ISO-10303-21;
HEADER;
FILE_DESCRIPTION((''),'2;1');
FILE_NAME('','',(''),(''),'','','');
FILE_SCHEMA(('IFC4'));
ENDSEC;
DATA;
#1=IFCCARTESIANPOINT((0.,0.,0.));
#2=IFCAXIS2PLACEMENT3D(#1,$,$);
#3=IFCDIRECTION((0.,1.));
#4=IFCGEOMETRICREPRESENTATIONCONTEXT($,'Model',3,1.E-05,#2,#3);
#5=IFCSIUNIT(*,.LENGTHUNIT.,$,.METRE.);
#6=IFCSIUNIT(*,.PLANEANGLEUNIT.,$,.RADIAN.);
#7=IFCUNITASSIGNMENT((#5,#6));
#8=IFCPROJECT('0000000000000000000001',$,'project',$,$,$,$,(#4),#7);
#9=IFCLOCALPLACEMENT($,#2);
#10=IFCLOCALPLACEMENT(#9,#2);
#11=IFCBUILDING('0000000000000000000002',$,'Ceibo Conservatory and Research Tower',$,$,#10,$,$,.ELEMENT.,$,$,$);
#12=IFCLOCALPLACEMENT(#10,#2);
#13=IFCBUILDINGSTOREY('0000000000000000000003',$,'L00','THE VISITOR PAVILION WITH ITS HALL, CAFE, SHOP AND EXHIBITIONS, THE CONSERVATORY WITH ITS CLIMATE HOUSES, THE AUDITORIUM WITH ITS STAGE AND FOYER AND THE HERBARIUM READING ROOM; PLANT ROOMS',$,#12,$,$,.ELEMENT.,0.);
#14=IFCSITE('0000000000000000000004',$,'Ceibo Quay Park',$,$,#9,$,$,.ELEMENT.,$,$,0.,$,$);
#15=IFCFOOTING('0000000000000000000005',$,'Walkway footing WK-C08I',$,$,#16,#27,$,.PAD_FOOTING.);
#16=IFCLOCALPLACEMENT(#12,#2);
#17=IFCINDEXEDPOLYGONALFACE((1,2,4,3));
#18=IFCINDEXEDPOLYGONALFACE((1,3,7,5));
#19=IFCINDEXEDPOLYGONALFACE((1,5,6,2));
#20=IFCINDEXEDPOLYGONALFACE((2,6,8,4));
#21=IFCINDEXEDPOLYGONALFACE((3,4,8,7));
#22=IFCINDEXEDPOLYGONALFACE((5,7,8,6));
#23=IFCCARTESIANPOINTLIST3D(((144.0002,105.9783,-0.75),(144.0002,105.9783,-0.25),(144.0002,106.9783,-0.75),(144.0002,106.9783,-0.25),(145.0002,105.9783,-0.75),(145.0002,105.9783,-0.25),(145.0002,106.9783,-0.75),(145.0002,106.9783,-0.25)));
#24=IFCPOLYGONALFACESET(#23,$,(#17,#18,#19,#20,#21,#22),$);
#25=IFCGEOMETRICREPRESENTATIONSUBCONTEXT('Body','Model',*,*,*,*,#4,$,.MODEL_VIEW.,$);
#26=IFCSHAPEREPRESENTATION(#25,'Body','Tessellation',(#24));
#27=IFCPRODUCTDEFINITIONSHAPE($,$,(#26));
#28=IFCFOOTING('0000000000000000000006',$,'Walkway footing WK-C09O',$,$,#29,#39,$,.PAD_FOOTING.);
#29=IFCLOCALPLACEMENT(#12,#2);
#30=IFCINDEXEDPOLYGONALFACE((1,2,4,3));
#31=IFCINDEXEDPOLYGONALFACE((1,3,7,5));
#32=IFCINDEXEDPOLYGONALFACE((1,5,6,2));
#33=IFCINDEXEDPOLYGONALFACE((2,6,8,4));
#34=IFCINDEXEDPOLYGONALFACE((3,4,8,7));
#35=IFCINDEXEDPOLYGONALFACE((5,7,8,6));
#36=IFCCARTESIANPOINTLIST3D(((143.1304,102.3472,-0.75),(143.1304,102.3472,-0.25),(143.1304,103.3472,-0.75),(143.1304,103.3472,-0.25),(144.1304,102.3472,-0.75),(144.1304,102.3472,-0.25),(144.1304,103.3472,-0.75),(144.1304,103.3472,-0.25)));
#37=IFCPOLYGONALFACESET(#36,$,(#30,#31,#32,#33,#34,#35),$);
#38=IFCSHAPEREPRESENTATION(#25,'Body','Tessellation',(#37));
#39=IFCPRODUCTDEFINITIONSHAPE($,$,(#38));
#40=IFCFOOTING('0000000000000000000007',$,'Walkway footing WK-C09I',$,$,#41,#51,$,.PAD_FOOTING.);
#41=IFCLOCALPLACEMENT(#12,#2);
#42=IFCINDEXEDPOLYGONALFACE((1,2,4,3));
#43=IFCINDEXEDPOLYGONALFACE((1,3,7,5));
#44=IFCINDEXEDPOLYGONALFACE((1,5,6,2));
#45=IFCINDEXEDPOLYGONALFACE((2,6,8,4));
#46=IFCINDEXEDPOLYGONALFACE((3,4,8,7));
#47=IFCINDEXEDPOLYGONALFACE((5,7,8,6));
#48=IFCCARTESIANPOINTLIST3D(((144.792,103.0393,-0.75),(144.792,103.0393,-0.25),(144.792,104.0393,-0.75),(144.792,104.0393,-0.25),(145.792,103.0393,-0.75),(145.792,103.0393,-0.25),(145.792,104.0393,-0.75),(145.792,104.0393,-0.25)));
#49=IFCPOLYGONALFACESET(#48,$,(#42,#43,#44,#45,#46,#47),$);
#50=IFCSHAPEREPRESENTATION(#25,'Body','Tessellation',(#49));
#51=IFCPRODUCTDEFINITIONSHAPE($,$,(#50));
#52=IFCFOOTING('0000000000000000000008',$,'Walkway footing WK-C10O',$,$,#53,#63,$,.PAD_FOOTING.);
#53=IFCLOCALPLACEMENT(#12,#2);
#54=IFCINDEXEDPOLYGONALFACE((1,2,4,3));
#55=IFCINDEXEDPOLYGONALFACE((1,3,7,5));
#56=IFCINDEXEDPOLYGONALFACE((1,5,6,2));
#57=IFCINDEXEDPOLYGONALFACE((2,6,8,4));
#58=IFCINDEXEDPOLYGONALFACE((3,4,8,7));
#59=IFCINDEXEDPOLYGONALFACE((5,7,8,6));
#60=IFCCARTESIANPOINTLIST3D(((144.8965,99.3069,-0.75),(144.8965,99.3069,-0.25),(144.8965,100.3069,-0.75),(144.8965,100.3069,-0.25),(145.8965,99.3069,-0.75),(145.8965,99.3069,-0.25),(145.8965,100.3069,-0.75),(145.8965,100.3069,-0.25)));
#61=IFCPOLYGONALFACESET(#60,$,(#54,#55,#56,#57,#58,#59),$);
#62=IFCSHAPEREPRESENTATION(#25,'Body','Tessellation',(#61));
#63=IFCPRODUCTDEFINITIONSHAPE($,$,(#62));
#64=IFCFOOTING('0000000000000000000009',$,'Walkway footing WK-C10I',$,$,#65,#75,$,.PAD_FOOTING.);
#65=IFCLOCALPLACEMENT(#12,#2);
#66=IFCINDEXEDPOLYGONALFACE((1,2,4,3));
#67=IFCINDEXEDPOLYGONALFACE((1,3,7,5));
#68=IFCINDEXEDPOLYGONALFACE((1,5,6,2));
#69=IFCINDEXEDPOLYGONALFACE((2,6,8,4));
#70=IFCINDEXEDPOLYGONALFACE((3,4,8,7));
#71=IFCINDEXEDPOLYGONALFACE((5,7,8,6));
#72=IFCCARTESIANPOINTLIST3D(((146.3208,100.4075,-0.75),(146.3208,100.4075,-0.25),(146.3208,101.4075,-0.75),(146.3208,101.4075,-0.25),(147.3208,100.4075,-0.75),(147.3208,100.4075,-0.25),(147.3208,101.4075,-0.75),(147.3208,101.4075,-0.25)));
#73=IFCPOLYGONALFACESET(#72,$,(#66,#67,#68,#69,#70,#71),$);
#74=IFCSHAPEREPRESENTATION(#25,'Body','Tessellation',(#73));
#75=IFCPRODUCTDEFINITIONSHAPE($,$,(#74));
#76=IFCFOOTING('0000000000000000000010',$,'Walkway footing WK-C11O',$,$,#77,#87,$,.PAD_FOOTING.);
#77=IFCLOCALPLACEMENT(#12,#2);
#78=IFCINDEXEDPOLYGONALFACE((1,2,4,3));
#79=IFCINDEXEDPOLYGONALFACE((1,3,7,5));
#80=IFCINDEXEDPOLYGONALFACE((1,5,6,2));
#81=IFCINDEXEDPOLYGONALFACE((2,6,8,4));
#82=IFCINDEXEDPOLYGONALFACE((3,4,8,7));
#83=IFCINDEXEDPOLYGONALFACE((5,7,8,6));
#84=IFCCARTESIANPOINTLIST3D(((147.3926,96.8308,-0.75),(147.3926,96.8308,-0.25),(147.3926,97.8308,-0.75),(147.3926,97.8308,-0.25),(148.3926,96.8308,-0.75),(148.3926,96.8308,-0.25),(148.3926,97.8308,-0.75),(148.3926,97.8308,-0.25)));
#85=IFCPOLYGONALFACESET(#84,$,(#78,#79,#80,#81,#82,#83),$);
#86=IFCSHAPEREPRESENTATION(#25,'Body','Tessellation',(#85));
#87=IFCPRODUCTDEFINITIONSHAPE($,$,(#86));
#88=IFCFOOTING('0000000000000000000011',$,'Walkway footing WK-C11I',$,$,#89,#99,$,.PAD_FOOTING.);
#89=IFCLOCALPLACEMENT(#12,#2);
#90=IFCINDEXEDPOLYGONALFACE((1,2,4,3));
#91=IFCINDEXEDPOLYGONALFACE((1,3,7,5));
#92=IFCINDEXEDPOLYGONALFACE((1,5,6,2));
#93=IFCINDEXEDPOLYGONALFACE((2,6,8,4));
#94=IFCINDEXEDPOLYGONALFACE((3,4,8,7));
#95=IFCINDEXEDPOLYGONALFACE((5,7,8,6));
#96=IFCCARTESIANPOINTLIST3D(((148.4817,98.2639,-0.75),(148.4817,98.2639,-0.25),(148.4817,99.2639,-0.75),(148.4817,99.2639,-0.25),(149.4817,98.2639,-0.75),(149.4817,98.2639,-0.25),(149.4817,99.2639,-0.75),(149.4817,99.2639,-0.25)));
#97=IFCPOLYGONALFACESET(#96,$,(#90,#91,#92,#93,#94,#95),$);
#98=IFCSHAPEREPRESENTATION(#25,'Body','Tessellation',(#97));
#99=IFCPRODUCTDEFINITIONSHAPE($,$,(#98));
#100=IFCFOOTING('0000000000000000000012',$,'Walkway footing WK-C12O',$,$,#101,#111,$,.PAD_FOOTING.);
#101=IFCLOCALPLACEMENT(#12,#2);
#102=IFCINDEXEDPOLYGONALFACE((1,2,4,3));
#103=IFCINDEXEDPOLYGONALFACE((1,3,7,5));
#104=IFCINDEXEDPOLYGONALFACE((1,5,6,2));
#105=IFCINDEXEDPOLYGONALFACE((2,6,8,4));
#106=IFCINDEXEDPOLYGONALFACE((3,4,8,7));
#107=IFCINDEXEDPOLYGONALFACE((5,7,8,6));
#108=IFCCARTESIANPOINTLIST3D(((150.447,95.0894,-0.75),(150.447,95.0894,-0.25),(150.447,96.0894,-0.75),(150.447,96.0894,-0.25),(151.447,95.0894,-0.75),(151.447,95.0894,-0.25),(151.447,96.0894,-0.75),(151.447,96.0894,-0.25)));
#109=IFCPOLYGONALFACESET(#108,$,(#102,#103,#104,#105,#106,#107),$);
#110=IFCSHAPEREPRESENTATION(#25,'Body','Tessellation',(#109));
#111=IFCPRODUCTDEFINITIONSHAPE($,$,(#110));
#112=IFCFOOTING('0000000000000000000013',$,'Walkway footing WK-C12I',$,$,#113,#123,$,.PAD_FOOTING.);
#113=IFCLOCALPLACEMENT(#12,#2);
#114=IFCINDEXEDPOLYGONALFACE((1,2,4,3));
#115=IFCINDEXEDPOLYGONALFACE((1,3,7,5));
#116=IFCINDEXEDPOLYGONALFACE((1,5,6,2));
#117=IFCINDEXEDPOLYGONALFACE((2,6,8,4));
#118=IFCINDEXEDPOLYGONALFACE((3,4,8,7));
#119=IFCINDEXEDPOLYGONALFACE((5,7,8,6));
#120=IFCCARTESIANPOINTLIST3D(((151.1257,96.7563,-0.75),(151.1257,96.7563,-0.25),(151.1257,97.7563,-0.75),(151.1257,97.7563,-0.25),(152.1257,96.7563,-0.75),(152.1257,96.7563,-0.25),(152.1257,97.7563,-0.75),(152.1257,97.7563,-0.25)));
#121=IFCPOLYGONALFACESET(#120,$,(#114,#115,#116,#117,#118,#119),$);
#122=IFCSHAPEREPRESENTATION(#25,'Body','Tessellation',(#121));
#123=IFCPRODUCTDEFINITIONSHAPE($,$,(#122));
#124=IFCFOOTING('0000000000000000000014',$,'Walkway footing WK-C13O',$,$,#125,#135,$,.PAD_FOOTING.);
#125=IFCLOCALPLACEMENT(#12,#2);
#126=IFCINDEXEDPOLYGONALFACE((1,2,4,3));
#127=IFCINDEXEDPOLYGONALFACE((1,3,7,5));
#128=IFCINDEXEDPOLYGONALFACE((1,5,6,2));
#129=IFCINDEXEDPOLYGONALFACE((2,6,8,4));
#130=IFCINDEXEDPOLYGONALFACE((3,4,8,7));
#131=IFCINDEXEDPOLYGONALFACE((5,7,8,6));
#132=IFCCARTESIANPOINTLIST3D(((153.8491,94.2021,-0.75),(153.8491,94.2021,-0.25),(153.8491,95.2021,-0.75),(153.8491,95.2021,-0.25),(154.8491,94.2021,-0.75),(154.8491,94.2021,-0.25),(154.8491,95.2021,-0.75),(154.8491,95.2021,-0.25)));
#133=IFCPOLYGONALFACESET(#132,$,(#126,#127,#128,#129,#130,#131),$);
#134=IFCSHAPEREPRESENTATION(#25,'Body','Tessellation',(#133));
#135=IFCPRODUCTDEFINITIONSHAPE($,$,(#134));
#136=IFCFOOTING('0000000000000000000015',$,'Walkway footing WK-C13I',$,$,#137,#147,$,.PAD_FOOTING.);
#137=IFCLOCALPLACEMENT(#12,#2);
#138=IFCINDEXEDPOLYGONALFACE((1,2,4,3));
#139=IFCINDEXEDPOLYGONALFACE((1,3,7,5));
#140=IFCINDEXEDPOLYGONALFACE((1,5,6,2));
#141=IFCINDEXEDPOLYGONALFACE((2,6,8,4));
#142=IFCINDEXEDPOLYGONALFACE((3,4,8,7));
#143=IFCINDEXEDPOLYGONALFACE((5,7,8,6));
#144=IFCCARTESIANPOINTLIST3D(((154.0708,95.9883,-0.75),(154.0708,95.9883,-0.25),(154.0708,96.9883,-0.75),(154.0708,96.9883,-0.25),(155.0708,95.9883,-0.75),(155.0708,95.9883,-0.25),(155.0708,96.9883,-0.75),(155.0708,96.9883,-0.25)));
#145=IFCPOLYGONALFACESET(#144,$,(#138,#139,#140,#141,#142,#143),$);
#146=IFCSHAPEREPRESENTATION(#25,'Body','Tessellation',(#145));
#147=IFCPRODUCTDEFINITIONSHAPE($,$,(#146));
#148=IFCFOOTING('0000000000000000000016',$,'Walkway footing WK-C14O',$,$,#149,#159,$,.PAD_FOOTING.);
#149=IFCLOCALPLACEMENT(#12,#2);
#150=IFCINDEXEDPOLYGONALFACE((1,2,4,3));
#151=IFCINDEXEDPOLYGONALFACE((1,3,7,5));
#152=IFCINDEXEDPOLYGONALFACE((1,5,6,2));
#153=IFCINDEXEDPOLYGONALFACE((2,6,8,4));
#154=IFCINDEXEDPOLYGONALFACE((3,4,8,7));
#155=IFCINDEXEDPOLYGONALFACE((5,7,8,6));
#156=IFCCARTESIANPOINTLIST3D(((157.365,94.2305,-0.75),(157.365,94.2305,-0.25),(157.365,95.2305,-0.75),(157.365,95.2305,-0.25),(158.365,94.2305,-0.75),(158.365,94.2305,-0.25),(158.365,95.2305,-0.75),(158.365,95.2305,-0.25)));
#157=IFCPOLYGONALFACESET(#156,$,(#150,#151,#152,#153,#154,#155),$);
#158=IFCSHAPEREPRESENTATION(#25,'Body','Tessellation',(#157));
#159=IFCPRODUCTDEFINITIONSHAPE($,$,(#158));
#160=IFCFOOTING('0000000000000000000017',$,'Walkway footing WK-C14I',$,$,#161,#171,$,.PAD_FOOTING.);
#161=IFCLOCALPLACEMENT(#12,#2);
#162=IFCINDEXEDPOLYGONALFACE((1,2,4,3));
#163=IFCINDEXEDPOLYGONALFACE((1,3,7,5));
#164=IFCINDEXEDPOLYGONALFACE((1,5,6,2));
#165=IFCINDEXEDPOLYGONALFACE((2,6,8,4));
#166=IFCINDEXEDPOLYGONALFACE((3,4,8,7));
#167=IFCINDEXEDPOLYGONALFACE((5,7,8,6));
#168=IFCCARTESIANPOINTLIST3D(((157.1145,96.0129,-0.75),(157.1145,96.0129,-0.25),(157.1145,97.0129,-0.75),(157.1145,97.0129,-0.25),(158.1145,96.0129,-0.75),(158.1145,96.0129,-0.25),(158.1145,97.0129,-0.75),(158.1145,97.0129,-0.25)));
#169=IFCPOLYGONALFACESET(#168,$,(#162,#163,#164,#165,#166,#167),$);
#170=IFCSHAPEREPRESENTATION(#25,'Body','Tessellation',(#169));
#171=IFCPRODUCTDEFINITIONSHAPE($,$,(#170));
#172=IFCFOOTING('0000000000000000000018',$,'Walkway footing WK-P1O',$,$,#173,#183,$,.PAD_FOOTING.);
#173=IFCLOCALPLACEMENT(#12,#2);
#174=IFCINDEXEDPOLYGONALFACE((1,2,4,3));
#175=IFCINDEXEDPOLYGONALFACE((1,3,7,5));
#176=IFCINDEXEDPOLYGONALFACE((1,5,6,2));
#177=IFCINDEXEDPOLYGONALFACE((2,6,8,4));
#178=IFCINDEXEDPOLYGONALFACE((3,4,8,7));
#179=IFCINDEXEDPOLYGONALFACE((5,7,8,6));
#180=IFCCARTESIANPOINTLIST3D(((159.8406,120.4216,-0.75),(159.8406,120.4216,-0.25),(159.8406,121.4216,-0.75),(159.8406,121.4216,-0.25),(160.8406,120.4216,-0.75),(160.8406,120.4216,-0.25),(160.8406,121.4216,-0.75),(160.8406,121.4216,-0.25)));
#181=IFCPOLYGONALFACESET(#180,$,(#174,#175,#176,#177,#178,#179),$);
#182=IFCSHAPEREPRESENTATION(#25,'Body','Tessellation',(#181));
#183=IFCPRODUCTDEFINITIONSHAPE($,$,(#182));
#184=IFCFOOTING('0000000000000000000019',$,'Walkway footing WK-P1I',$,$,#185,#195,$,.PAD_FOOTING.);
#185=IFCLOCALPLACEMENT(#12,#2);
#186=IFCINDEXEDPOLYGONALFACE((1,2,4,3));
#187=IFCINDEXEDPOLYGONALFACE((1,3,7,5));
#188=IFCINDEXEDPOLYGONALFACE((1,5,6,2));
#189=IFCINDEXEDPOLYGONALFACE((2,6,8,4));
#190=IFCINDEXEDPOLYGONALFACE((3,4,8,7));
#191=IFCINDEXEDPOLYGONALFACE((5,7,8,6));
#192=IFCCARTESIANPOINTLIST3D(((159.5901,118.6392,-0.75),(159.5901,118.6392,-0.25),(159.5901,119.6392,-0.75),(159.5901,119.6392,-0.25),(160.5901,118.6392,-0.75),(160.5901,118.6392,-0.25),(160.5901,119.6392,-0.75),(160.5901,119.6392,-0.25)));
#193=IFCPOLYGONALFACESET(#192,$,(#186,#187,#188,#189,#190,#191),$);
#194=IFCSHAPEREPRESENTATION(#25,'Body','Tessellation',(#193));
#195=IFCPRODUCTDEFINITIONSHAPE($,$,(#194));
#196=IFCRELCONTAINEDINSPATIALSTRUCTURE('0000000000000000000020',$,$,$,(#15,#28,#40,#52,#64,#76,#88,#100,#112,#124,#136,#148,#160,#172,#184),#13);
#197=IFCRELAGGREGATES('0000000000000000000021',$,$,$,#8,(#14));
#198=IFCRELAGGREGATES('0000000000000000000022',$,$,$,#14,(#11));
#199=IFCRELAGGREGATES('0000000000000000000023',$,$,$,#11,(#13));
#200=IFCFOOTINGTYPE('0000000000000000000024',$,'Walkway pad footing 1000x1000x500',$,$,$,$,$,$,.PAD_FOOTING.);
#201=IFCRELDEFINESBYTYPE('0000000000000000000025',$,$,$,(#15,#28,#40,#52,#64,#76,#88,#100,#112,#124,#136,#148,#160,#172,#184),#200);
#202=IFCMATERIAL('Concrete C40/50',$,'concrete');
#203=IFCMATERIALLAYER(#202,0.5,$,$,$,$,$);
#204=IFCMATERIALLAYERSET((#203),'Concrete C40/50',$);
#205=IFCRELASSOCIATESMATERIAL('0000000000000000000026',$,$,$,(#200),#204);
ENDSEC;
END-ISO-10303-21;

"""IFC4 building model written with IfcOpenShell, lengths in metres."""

from ifc_helpers import new_model, si_unit, direction, frame, origin, place, context, subcontext, project, spatial, polyline, outline, extrude, material, layer, layer_set, type_object, element, save


model = new_model("IFC4")

# Units and contexts
model_context = context("Model", 3, precision=1e-05, world=origin(), true_north=direction((0.0, 1.0)))
body_context = subcontext(model_context, "Body", "Model", "MODEL_VIEW")
ifc_project = project(units=[si_unit("LENGTHUNIT", "METRE"), si_unit("PLANEANGLEUNIT", "RADIAN")], contexts=[model_context])

# Site, building, storey
site_placement = place(None, origin())
site = spatial("IfcSite", under=ifc_project, at=site_placement, Name="Ceibo Quay Park", CompositionType="ELEMENT", RefElevation=0.0)
building_placement = place(site_placement, origin())
building = spatial("IfcBuilding", under=site, at=building_placement, Name="Ceibo Conservatory and Research Tower", CompositionType="ELEMENT")
storey_placement = place(building_placement, origin())
storey = spatial("IfcBuildingStorey", under=building, at=storey_placement, Name="L00", Description="THE VISITOR PAVILION WITH ITS HALL, CAFE, SHOP AND EXHIBITIONS, THE CONSERVATORY WITH ITS CLIMATE HOUSES, THE AUDITORIUM WITH ITS STAGE AND FOYER AND THE HERBARIUM READING ROOM; PLANT ROOMS", CompositionType="ELEMENT", Elevation=0.0)

# Footings
ifc_material = material(Name="Concrete C40/50", Category="concrete")
ifc_layer_1 = layer(ifc_material, 0.5)
ifc_layer_set_1 = layer_set([ifc_layer_1], Name="Concrete C40/50")
footing_type_1 = type_object("IfcFootingType", Name="Walkway pad footing 1000x1000x500", PredefinedType="PAD_FOOTING", material=ifc_layer_set_1)
footing_1_placement = place(storey_placement, frame((0.0, 0.0, -0.75)))
element("IfcFooting", 1, at=footing_1_placement, inside=storey, type_object=footing_type_1, Name="Walkway footing WK-C08I", PredefinedType="PAD_FOOTING", context=body_context, shape_type="SweptSolid", body=[
    extrude(outline(polyline([(144.0002, 105.9783), (145.0002, 105.9783), (145.0002, 106.9783), (144.0002, 106.9783), (144.0002, 105.9783)])), origin(), (0.0, 0.0, 1.0), 0.5),
])
footing_2_placement = place(storey_placement, frame((0.0, 0.0, -0.75)))
element("IfcFooting", 2, at=footing_2_placement, inside=storey, type_object=footing_type_1, Name="Walkway footing WK-C09O", PredefinedType="PAD_FOOTING", context=body_context, shape_type="SweptSolid", body=[
    extrude(outline(polyline([(143.1304, 102.3472), (144.1304, 102.3472), (144.1304, 103.3472), (143.1304, 103.3472), (143.1304, 102.3472)])), origin(), (0.0, 0.0, 1.0), 0.5),
])
footing_3_placement = place(storey_placement, frame((0.0, 0.0, -0.75)))
element("IfcFooting", 3, at=footing_3_placement, inside=storey, type_object=footing_type_1, Name="Walkway footing WK-C09I", PredefinedType="PAD_FOOTING", context=body_context, shape_type="SweptSolid", body=[
    extrude(outline(polyline([(144.792, 103.0393), (145.792, 103.0393), (145.792, 104.0393), (144.792, 104.0393), (144.792, 103.0393)])), origin(), (0.0, 0.0, 1.0), 0.5),
])
footing_4_placement = place(storey_placement, frame((0.0, 0.0, -0.75)))
element("IfcFooting", 4, at=footing_4_placement, inside=storey, type_object=footing_type_1, Name="Walkway footing WK-C10O", PredefinedType="PAD_FOOTING", context=body_context, shape_type="SweptSolid", body=[
    extrude(outline(polyline([(144.8965, 99.3069), (145.8965, 99.3069), (145.8965, 100.3069), (144.8965, 100.3069), (144.8965, 99.3069)])), origin(), (0.0, 0.0, 1.0), 0.5),
])
footing_5_placement = place(storey_placement, frame((0.0, 0.0, -0.75)))
element("IfcFooting", 5, at=footing_5_placement, inside=storey, type_object=footing_type_1, Name="Walkway footing WK-C10I", PredefinedType="PAD_FOOTING", context=body_context, shape_type="SweptSolid", body=[
    extrude(outline(polyline([(146.3208, 100.4075), (147.3208, 100.4075), (147.3208, 101.4075), (146.3208, 101.4075), (146.3208, 100.4075)])), origin(), (0.0, 0.0, 1.0), 0.5),
])
footing_6_placement = place(storey_placement, frame((0.0, 0.0, -0.75)))
element("IfcFooting", 6, at=footing_6_placement, inside=storey, type_object=footing_type_1, Name="Walkway footing WK-C11O", PredefinedType="PAD_FOOTING", context=body_context, shape_type="SweptSolid", body=[
    extrude(outline(polyline([(147.3926, 96.8308), (148.3926, 96.8308), (148.3926, 97.8308), (147.3926, 97.8308), (147.3926, 96.8308)])), origin(), (0.0, 0.0, 1.0), 0.5),
])
footing_7_placement = place(storey_placement, frame((0.0, 0.0, -0.75)))
element("IfcFooting", 7, at=footing_7_placement, inside=storey, type_object=footing_type_1, Name="Walkway footing WK-C11I", PredefinedType="PAD_FOOTING", context=body_context, shape_type="SweptSolid", body=[
    extrude(outline(polyline([(148.4817, 98.2639), (149.4817, 98.2639), (149.4817, 99.2639), (148.4817, 99.2639), (148.4817, 98.2639)])), origin(), (0.0, 0.0, 1.0), 0.5),
])
footing_8_placement = place(storey_placement, frame((0.0, 0.0, -0.75)))
element("IfcFooting", 8, at=footing_8_placement, inside=storey, type_object=footing_type_1, Name="Walkway footing WK-C12O", PredefinedType="PAD_FOOTING", context=body_context, shape_type="SweptSolid", body=[
    extrude(outline(polyline([(150.447, 95.0894), (151.447, 95.0894), (151.447, 96.0894), (150.447, 96.0894), (150.447, 95.0894)])), origin(), (0.0, 0.0, 1.0), 0.5),
])
footing_9_placement = place(storey_placement, frame((0.0, 0.0, -0.75)))
element("IfcFooting", 9, at=footing_9_placement, inside=storey, type_object=footing_type_1, Name="Walkway footing WK-C12I", PredefinedType="PAD_FOOTING", context=body_context, shape_type="SweptSolid", body=[
    extrude(outline(polyline([(151.1257, 96.7563), (152.1257, 96.7563), (152.1257, 97.7563), (151.1257, 97.7563), (151.1257, 96.7563)])), origin(), (0.0, 0.0, 1.0), 0.5),
])
footing_10_placement = place(storey_placement, frame((0.0, 0.0, -0.75)))
element("IfcFooting", 10, at=footing_10_placement, inside=storey, type_object=footing_type_1, Name="Walkway footing WK-C13O", PredefinedType="PAD_FOOTING", context=body_context, shape_type="SweptSolid", body=[
    extrude(outline(polyline([(153.8491, 94.2021), (154.8491, 94.2021), (154.8491, 95.2021), (153.8491, 95.2021), (153.8491, 94.2021)])), origin(), (0.0, 0.0, 1.0), 0.5),
])
footing_11_placement = place(storey_placement, frame((0.0, 0.0, -0.75)))
element("IfcFooting", 11, at=footing_11_placement, inside=storey, type_object=footing_type_1, Name="Walkway footing WK-C13I", PredefinedType="PAD_FOOTING", context=body_context, shape_type="SweptSolid", body=[
    extrude(outline(polyline([(154.0708, 95.9883), (155.0708, 95.9883), (155.0708, 96.9883), (154.0708, 96.9883), (154.0708, 95.9883)])), origin(), (0.0, 0.0, 1.0), 0.5),
])
footing_12_placement = place(storey_placement, frame((0.0, 0.0, -0.75)))
element("IfcFooting", 12, at=footing_12_placement, inside=storey, type_object=footing_type_1, Name="Walkway footing WK-C14O", PredefinedType="PAD_FOOTING", context=body_context, shape_type="SweptSolid", body=[
    extrude(outline(polyline([(157.365, 94.2305), (158.365, 94.2305), (158.365, 95.2305), (157.365, 95.2305), (157.365, 94.2305)])), origin(), (0.0, 0.0, 1.0), 0.5),
])
footing_13_placement = place(storey_placement, frame((0.0, 0.0, -0.75)))
element("IfcFooting", 13, at=footing_13_placement, inside=storey, type_object=footing_type_1, Name="Walkway footing WK-C14I", PredefinedType="PAD_FOOTING", context=body_context, shape_type="SweptSolid", body=[
    extrude(outline(polyline([(157.1145, 96.0129), (158.1145, 96.0129), (158.1145, 97.0129), (157.1145, 97.0129), (157.1145, 96.0129)])), origin(), (0.0, 0.0, 1.0), 0.5),
])
footing_14_placement = place(storey_placement, frame((0.0, 0.0, -0.75)))
element("IfcFooting", 14, at=footing_14_placement, inside=storey, type_object=footing_type_1, Name="Walkway footing WK-P1O", PredefinedType="PAD_FOOTING", context=body_context, shape_type="SweptSolid", body=[
    extrude(outline(polyline([(159.8406, 120.4216), (160.8406, 120.4216), (160.8406, 121.4216), (159.8406, 121.4216), (159.8406, 120.4216)])), origin(), (0.0, 0.0, 1.0), 0.5),
])
footing_15_placement = place(storey_placement, frame((0.0, 0.0, -0.75)))
element("IfcFooting", 15, at=footing_15_placement, inside=storey, type_object=footing_type_1, Name="Walkway footing WK-P1I", PredefinedType="PAD_FOOTING", context=body_context, shape_type="SweptSolid", body=[
    extrude(outline(polyline([(159.5901, 118.6392), (160.5901, 118.6392), (160.5901, 119.6392), (159.5901, 119.6392), (159.5901, 118.6392)])), origin(), (0.0, 0.0, 1.0), 0.5),
])

save(model, "model.ifc")
